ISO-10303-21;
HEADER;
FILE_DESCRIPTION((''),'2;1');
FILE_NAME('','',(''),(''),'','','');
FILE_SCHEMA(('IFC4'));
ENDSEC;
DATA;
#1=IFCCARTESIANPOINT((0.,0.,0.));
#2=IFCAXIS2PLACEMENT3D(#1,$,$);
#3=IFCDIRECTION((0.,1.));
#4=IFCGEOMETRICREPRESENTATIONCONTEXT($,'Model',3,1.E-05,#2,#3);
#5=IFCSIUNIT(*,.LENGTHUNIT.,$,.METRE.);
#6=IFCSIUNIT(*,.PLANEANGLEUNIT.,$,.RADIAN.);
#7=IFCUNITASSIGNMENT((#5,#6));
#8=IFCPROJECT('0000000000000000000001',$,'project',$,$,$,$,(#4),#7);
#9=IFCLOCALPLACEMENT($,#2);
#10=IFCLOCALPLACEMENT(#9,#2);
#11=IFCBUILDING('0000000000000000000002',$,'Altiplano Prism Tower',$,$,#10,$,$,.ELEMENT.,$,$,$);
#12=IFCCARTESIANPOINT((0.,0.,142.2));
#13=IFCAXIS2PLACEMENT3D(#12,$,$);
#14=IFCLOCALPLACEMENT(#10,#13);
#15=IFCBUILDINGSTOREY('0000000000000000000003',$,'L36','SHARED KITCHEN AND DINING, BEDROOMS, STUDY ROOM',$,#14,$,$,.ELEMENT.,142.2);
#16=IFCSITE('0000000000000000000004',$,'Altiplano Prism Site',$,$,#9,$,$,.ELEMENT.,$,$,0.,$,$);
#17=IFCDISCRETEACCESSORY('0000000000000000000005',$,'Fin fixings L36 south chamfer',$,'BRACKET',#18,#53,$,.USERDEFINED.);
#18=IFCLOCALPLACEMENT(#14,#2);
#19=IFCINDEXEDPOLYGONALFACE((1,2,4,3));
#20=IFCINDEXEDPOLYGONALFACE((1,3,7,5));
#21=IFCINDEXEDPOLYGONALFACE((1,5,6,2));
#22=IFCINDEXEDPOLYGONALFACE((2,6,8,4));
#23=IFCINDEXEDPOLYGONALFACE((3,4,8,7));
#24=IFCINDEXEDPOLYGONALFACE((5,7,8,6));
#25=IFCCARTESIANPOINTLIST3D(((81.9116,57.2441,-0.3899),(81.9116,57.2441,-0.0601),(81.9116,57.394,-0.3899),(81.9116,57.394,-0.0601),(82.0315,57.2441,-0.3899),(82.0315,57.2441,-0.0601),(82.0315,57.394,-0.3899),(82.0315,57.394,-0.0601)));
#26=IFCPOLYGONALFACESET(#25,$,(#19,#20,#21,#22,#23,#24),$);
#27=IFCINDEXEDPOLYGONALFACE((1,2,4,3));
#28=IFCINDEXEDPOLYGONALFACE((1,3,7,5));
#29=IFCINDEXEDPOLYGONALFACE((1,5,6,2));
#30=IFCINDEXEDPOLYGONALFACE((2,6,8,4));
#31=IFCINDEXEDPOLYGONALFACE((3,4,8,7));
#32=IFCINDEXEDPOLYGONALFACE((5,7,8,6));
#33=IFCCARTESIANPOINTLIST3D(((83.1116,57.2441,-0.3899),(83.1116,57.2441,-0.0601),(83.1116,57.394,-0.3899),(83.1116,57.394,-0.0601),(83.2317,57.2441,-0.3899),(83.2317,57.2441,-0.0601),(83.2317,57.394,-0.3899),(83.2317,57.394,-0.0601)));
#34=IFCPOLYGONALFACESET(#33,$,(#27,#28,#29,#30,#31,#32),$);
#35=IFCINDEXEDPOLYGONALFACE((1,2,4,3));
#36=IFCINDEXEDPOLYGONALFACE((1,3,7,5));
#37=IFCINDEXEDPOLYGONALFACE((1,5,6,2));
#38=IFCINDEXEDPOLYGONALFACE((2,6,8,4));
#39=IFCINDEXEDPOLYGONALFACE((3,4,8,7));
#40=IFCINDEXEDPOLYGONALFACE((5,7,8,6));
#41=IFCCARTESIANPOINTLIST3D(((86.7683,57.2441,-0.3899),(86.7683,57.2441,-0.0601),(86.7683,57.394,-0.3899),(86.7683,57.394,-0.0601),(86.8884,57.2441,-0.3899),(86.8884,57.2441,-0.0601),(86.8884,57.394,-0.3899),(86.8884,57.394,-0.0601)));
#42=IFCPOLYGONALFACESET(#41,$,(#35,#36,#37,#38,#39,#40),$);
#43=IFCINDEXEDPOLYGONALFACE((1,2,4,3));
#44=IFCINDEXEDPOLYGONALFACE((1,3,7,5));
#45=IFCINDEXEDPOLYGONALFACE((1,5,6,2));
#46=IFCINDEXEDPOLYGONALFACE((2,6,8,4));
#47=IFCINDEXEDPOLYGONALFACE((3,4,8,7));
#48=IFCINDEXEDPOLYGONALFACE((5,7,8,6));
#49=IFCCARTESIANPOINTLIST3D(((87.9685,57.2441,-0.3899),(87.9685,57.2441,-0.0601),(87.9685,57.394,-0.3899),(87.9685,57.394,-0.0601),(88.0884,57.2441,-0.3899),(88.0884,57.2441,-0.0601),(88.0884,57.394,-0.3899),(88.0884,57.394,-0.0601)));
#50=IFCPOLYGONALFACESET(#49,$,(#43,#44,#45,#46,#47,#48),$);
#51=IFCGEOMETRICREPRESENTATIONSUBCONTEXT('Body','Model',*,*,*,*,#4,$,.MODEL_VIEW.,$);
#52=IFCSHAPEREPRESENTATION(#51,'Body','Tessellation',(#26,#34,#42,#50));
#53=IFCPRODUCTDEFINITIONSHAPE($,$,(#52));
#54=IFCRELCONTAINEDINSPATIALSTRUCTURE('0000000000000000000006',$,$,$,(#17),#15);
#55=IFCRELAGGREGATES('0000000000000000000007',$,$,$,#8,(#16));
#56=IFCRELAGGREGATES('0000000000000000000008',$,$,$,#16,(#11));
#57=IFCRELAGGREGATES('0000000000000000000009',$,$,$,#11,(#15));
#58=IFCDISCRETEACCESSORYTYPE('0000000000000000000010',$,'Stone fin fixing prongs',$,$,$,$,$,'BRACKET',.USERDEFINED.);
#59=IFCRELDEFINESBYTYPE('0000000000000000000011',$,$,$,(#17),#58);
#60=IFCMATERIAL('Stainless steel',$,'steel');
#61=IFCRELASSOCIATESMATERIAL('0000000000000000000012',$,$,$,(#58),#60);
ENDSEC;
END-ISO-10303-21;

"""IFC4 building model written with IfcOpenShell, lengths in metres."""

from ifc_helpers import new_model, si_unit, direction, frame, origin, place, context, subcontext, project, spatial, polyline, outline, extrude, source, transform, mapped, material, type_object, element, save


model = new_model("IFC4")

# Units and contexts
model_context = context("Model", 3, precision=1e-05, world=origin(), true_north=direction((0.0, 1.0)))
body_context = subcontext(model_context, "Body", "Model", "MODEL_VIEW")
ifc_project = project(units=[si_unit("LENGTHUNIT", "METRE"), si_unit("PLANEANGLEUNIT", "RADIAN")], contexts=[model_context])

# Site, building, storey
site_placement = place(None, origin())
site = spatial("IfcSite", under=ifc_project, at=site_placement, Name="Altiplano Prism Site", CompositionType="ELEMENT", RefElevation=0.0)
building_placement = place(site_placement, origin())
building = spatial("IfcBuilding", under=site, at=building_placement, Name="Altiplano Prism Tower", CompositionType="ELEMENT")
storey_placement = place(building_placement, frame((0.0, 0.0, 142.2)))
storey = spatial("IfcBuildingStorey", under=building, at=storey_placement, Name="L36", Description="SHARED KITCHEN AND DINING, BEDROOMS, STUDY ROOM", CompositionType="ELEMENT", Elevation=142.2)

# Discrete accessory
ifc_material_1 = material(Name="Stainless steel", Category="steel")
discrete_accessory_type = type_object("IfcDiscreteAccessoryType", Name="Stone fin fixing prongs", ElementType="BRACKET", PredefinedType="USERDEFINED", material=ifc_material_1)
shared_shape_1 = source(origin(), body_context, "Body", "SweptSolid", [
    extrude(outline(polyline([(-3.0884, 0.0601), (-2.9685, 0.0601), (-2.9685, 0.3899), (-3.0884, 0.3899), (-3.0884, 0.0601)])), frame((0.0, 0.0, 0.0), z_axis=(0.0, -1.0, 0.0), x_axis=(1.0, 0.0, 0.0)), (0.0, 0.0, 1.0), 0.1499),
    extrude(outline(polyline([(-1.8884, 0.0601), (-1.7683, 0.0601), (-1.7683, 0.3899), (-1.8884, 0.3899), (-1.8884, 0.0601)])), frame((0.0, 0.0, 0.0), z_axis=(0.0, -1.0, 0.0), x_axis=(1.0, 0.0, 0.0)), (0.0, 0.0, 1.0), 0.1499),
    extrude(outline(polyline([(1.7683, 0.0601), (1.8884, 0.0601), (1.8884, 0.3899), (1.7683, 0.3899), (1.7683, 0.0601)])), frame((0.0, 0.0, 0.0), z_axis=(0.0, -1.0, 0.0), x_axis=(1.0, 0.0, 0.0)), (0.0, 0.0, 1.0), 0.1499),
    extrude(outline(polyline([(2.9685, 0.0601), (3.0884, 0.0601), (3.0884, 0.3899), (2.9685, 0.3899), (2.9685, 0.0601)])), frame((0.0, 0.0, 0.0), z_axis=(0.0, -1.0, 0.0), x_axis=(1.0, 0.0, 0.0)), (0.0, 0.0, 1.0), 0.1499),
])
discrete_accessory_1_placement = place(storey_placement, origin())
element("IfcDiscreteAccessory", 1, at=discrete_accessory_1_placement, inside=storey, type_object=discrete_accessory_type, Name="Fin fixings L36 south chamfer", ObjectType="BRACKET", PredefinedType="USERDEFINED", context=body_context, shape_type="MappedRepresentation", body=[
    mapped(shared_shape_1, transform((85.0, 57.394, -0.45), x_axis=(1.0, 0.0, 0.0), y_axis=(0.0, 1.0, 0.0), z_axis=(0.0, 0.0, 1.0))),
])

save(model, "model.ifc")
